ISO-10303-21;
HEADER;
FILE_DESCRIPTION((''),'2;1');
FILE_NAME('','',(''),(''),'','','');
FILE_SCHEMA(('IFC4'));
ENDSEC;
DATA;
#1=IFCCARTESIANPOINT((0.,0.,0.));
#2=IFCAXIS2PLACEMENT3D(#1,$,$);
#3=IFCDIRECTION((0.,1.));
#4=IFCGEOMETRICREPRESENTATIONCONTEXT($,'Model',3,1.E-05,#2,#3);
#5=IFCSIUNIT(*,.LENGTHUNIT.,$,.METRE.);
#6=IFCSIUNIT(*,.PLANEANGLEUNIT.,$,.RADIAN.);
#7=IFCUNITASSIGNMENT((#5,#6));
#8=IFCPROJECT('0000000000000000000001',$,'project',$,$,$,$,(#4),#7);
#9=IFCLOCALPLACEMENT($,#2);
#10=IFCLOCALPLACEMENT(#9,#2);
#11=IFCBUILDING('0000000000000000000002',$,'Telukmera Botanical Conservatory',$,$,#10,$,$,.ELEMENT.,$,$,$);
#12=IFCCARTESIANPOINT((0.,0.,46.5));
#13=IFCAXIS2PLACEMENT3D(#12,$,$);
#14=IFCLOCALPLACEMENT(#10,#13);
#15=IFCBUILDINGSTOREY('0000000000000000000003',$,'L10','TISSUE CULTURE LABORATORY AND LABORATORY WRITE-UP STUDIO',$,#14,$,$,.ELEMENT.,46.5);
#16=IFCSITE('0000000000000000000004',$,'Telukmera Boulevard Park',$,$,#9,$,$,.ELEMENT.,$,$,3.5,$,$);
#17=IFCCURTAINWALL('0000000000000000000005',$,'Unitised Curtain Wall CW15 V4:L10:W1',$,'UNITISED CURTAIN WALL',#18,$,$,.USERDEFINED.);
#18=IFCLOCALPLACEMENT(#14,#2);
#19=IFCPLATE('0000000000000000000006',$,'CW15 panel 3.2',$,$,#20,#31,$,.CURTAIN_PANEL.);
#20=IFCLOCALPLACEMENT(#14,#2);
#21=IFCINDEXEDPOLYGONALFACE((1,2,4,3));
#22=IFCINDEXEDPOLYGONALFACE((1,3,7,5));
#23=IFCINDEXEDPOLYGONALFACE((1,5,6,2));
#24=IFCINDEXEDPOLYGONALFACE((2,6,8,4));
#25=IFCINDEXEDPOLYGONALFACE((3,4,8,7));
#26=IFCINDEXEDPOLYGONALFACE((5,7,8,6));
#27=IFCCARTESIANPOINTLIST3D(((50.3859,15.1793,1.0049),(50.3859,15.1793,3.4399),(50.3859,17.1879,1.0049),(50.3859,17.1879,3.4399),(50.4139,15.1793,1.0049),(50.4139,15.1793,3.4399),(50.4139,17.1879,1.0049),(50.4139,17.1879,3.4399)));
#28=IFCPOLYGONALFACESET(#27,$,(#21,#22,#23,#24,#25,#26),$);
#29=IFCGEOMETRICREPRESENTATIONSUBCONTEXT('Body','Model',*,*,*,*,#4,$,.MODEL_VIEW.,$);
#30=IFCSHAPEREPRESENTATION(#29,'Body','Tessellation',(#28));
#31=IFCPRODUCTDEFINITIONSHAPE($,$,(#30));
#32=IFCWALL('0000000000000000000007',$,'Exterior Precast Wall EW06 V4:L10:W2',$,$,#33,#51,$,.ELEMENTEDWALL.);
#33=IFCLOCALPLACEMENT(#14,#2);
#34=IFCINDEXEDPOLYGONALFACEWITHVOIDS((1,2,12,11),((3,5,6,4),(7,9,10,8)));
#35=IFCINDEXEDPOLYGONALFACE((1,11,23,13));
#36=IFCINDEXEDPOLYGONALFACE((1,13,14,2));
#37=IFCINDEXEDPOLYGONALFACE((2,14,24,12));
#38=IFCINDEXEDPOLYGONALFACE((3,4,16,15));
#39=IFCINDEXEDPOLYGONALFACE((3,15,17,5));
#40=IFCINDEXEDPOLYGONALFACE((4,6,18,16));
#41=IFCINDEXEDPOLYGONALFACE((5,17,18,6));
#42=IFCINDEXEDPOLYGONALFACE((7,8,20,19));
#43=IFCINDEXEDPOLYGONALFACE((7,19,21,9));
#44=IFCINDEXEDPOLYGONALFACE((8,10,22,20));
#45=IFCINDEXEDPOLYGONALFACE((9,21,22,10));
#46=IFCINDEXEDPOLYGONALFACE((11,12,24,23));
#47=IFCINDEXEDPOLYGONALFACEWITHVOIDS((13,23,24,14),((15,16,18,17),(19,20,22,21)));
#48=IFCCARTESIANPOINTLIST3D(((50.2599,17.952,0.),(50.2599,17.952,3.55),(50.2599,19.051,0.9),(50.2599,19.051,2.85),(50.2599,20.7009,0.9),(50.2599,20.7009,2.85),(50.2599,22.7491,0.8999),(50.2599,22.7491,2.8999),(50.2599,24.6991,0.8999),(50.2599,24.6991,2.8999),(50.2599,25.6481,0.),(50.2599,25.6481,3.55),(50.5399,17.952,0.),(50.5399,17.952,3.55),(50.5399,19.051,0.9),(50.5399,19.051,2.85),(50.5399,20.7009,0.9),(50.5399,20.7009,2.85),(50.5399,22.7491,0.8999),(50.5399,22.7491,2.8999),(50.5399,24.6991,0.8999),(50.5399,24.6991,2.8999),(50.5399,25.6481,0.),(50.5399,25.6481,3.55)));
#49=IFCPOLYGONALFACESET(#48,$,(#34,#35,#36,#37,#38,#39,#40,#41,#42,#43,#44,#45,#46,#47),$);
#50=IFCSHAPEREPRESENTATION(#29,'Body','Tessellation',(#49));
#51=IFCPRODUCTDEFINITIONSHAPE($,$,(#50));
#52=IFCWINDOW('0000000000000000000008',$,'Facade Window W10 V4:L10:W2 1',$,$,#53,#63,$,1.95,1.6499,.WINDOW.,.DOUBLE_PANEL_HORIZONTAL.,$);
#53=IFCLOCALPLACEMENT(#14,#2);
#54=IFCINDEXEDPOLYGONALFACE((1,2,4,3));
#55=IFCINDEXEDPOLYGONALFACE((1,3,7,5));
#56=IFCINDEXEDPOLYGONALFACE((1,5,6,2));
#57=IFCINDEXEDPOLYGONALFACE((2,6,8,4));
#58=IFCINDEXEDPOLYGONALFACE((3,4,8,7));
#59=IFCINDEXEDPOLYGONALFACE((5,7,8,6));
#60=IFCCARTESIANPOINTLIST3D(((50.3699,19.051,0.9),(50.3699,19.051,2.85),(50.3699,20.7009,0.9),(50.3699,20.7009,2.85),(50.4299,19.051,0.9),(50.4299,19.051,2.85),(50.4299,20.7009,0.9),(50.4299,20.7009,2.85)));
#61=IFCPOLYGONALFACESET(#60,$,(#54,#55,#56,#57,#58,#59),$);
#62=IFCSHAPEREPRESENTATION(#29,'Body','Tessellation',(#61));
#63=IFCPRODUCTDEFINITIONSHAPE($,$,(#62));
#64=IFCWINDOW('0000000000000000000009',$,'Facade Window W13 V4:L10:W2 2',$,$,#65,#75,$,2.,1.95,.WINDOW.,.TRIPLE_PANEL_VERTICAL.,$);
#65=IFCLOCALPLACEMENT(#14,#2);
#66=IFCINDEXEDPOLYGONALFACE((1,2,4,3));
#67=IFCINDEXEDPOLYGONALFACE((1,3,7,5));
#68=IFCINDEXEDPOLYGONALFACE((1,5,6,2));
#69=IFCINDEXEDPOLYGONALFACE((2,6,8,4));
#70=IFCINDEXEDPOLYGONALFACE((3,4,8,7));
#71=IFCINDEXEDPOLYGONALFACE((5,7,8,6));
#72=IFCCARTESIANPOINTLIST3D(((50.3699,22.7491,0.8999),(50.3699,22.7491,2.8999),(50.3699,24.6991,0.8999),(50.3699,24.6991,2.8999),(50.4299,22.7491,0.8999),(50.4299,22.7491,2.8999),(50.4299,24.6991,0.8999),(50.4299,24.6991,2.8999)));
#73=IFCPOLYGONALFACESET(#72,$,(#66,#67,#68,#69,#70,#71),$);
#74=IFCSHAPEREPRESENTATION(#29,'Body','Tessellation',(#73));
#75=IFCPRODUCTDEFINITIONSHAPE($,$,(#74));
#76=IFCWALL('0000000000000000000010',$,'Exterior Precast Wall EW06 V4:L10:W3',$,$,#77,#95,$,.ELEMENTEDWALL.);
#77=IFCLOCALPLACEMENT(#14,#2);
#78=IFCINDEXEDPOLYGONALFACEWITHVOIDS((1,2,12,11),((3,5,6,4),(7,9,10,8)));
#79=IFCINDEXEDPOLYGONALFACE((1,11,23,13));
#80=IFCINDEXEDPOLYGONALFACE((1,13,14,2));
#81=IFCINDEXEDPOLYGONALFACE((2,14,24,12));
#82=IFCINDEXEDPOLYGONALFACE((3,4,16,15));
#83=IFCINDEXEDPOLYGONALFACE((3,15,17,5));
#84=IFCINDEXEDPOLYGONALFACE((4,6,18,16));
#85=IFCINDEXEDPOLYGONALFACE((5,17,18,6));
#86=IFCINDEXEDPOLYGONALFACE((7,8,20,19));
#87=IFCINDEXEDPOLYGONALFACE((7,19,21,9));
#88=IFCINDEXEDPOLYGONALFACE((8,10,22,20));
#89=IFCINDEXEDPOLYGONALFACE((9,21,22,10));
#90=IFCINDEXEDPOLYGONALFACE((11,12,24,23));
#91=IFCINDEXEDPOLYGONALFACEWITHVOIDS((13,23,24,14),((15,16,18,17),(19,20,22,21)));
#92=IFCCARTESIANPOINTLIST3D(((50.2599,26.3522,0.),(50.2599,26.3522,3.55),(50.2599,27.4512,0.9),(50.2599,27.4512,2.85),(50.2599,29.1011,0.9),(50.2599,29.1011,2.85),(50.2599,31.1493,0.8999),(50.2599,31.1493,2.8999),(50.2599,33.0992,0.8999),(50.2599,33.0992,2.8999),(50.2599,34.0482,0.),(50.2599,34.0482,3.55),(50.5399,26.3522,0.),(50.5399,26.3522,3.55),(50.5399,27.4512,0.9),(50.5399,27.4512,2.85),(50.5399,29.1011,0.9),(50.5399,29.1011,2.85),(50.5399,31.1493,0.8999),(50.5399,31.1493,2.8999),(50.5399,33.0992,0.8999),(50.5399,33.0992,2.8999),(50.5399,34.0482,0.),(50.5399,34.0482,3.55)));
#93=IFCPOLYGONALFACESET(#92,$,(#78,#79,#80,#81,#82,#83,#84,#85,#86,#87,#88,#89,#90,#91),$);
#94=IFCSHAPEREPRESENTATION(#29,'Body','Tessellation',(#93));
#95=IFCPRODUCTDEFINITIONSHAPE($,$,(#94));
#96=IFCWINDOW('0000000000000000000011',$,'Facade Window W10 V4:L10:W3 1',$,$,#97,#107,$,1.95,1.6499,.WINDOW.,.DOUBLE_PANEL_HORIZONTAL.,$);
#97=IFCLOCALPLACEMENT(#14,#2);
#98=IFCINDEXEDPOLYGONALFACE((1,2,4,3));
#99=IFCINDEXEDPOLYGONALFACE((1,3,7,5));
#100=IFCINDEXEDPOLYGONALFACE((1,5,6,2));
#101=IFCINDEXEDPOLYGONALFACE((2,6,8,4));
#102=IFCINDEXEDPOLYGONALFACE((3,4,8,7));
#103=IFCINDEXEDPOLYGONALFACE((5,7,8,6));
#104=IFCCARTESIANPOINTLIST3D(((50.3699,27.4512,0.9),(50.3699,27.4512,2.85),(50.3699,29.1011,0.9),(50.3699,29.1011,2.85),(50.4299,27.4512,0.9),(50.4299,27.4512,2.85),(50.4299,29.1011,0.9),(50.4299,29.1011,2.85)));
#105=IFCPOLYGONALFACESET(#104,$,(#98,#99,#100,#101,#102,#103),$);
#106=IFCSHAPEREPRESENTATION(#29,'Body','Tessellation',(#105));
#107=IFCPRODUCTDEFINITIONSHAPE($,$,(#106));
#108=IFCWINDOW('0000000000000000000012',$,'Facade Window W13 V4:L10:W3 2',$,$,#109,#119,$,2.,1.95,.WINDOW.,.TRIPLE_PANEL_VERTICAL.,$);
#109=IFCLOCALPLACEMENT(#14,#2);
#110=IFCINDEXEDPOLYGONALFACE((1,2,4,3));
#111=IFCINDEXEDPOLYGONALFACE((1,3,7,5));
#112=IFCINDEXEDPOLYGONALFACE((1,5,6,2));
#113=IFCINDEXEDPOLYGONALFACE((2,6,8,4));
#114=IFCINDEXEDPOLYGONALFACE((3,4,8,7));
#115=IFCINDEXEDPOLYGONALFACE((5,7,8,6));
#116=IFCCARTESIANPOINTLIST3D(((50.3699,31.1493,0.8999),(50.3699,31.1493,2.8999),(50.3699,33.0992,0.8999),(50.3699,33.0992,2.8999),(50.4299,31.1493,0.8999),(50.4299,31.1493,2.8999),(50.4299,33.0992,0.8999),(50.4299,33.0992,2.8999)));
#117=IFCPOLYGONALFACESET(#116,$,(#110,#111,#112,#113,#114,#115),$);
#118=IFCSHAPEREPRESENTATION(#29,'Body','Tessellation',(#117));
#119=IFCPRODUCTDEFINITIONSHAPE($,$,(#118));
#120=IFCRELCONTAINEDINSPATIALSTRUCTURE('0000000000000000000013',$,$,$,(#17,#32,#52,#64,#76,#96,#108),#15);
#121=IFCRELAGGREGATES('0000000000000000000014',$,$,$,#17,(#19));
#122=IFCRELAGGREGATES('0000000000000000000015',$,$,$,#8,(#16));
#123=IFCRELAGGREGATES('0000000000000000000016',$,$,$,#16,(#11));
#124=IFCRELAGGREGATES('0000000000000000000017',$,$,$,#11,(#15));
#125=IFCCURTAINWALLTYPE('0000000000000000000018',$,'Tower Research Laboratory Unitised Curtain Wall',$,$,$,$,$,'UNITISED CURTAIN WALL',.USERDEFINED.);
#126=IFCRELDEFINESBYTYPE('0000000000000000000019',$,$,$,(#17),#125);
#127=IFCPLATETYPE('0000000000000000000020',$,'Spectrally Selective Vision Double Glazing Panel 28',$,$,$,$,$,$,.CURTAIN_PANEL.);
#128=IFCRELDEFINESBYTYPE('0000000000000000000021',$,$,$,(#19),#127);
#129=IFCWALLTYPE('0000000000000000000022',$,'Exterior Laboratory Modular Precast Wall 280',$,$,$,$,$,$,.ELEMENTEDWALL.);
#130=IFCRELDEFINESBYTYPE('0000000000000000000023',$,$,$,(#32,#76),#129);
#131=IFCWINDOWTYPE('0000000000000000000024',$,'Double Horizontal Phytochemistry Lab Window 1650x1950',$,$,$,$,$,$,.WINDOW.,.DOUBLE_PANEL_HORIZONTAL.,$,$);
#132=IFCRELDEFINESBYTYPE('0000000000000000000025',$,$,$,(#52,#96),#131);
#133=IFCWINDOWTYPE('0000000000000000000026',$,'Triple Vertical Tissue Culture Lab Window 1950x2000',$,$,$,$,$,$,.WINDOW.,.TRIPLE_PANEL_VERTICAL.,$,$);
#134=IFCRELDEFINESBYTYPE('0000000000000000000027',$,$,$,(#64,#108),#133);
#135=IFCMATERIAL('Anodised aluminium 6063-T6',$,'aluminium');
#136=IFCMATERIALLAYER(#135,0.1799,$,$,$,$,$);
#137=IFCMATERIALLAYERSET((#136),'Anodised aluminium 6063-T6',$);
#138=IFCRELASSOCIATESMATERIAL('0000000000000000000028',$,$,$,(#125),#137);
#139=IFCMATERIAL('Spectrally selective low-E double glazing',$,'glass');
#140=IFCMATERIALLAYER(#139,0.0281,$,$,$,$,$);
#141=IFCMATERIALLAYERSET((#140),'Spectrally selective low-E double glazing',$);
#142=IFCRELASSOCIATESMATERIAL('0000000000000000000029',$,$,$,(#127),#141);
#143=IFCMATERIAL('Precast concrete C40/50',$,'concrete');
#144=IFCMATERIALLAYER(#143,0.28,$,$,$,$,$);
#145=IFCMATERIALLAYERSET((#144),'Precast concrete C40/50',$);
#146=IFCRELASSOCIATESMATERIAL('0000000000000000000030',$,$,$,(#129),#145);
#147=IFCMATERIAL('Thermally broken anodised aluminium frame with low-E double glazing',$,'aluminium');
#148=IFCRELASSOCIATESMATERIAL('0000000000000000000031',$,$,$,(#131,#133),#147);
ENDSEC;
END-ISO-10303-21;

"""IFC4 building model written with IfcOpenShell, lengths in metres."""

from ifc_helpers import new_model, si_unit, direction, frame, frame_2d, origin, origin_2d, place, context, subcontext, project, spatial, rectangle, extrude, material, layer, layer_set, type_object, element, fill, aggregate, save


model = new_model("IFC4")

# Units and contexts
model_context = context("Model", 3, precision=1e-05, world=origin(), true_north=direction((0.0, 1.0)))
body_context = subcontext(model_context, "Body", "Model", "MODEL_VIEW")
ifc_project = project(units=[si_unit("LENGTHUNIT", "METRE"), si_unit("PLANEANGLEUNIT", "RADIAN")], contexts=[model_context])

# Site, building, storey
site_placement = place(None, origin())
site = spatial("IfcSite", under=ifc_project, at=site_placement, Name="Telukmera Boulevard Park", CompositionType="ELEMENT", RefElevation=3.5)
building_placement = place(site_placement, origin())
building = spatial("IfcBuilding", under=site, at=building_placement, Name="Telukmera Botanical Conservatory", CompositionType="ELEMENT")
storey_placement = place(building_placement, frame((0.0, 0.0, 46.5)))
storey = spatial("IfcBuildingStorey", under=building, at=storey_placement, Name="L10", Description="TISSUE CULTURE LABORATORY AND LABORATORY WRITE-UP STUDIO", CompositionType="ELEMENT", Elevation=46.5)

# Shared definitions
ifc_material_1 = material(Name="Precast concrete C40/50", Category="concrete")

# Curtain wall
ifc_material_2 = material(Name="Anodised aluminium 6063-T6", Category="aluminium")
ifc_layer_1 = layer(ifc_material_2, 0.1799)
ifc_layer_set_1 = layer_set([ifc_layer_1], Name="Anodised aluminium 6063-T6")
curtain_wall_type = type_object("IfcCurtainWallType", Name="Tower Research Laboratory Unitised Curtain Wall", ElementType="UNITISED CURTAIN WALL", PredefinedType="USERDEFINED", material=ifc_layer_set_1)
curtain_wall_1_placement = place(storey_placement, origin())
curtain_wall_1 = element("IfcCurtainWall", 1, at=curtain_wall_1_placement, inside=storey, type_object=curtain_wall_type, Name="Unitised Curtain Wall CW15 V4:L10:W1", ObjectType="UNITISED CURTAIN WALL", PredefinedType="USERDEFINED")

# Plate
ifc_material_3 = material(Name="Spectrally selective low-E double glazing", Category="glass")
ifc_layer_2 = layer(ifc_material_3, 0.0281)
ifc_layer_set_2 = layer_set([ifc_layer_2], Name="Spectrally selective low-E double glazing")
plate_type = type_object("IfcPlateType", Name="Spectrally Selective Vision Double Glazing Panel 28", PredefinedType="CURTAIN_PANEL", material=ifc_layer_set_2)
plate_1_placement = place(storey_placement, frame((50.3999, 16.1836, 1.0049), z_axis=(0.0, 0.0, 1.0), x_axis=(0.0, 1.0, 0.0)))
plate_1 = element("IfcPlate", 2, at=plate_1_placement, type_object=plate_type, Name="CW15 panel 3.2", PredefinedType="CURTAIN_PANEL", context=body_context, shape_type="SweptSolid", body=[
    extrude(rectangle(XDim=2.0085, YDim=0.0281, at=origin_2d()), origin(), (0.0, 0.0, 1.0), 2.4351),
])
aggregate(curtain_wall_1, [plate_1])

# Walls, openings, windows
ifc_layer_3 = layer(ifc_material_1, 0.28)
ifc_layer_set_3 = layer_set([ifc_layer_3], Name="Precast concrete C40/50")
wall_type = type_object("IfcWallType", Name="Exterior Laboratory Modular Precast Wall 280", PredefinedType="ELEMENTEDWALL", material=ifc_layer_set_3)
wall_1_placement = place(storey_placement, frame((50.3999, 17.9519, 0.0), z_axis=(0.0, 0.0, 1.0), x_axis=(0.0, 1.0, 0.0)))
wall_1 = element("IfcWall", 3, at=wall_1_placement, inside=storey, type_object=wall_type, Name="Exterior Precast Wall EW06 V4:L10:W2", PredefinedType="ELEMENTEDWALL", context=body_context, shape_type="SweptSolid", body=[
    extrude(rectangle(XDim=7.696, YDim=0.28, at=frame_2d((3.8481, 0.0))), origin(), (0.0, 0.0, 1.0), 3.55),
])
opening_1_placement = place(wall_1_placement, frame((1.0991, 0.0, 0.8999)))
opening_1 = element("IfcOpeningElement", 4, at=opening_1_placement, cuts=wall_1, PredefinedType="OPENING", context=body_context, shape_type="SweptSolid", body=[
    extrude(rectangle(XDim=1.6499, YDim=1.95, at=frame_2d((0.825, 0.9751))), frame((0.0, 0.1499, 0.0), z_axis=(0.0, -1.0, 0.0), x_axis=(1.0, 0.0, 0.0)), (0.0, 0.0, 1.0), 0.3),
])
opening_2_placement = place(wall_1_placement, frame((4.7971, 0.0, 0.8999)))
opening_2 = element("IfcOpeningElement", 5, at=opening_2_placement, cuts=wall_1, PredefinedType="OPENING", context=body_context, shape_type="SweptSolid", body=[
    extrude(rectangle(XDim=1.95, YDim=2.0, at=frame_2d((0.9751, 1.0))), frame((0.0, 0.1499, 0.0), z_axis=(0.0, -1.0, 0.0), x_axis=(1.0, 0.0, 0.0)), (0.0, 0.0, 1.0), 0.3),
])
ifc_material_4 = material(Name="Thermally broken anodised aluminium frame with low-E double glazing", Category="aluminium")
window_type_1 = type_object("IfcWindowType", Name="Double Horizontal Phytochemistry Lab Window 1650x1950", PartitioningType="DOUBLE_PANEL_HORIZONTAL", PredefinedType="WINDOW", material=ifc_material_4)
window_1_placement = place(opening_1_placement, origin())
window_1 = element("IfcWindow", 6, at=window_1_placement, inside=storey, type_object=window_type_1, Name="Facade Window W10 V4:L10:W2 1", OverallHeight=1.95, OverallWidth=1.6499, PartitioningType="DOUBLE_PANEL_HORIZONTAL", PredefinedType="WINDOW", context=body_context, shape_type="SweptSolid", body=[
    extrude(rectangle(XDim=1.6499, YDim=1.95, at=frame_2d((0.825, 0.9751))), frame((0.0, 0.03, 0.0), z_axis=(0.0, -1.0, 0.0), x_axis=(1.0, 0.0, 0.0)), (0.0, 0.0, 1.0), 0.0601),
])
fill(opening_1, window_1)
window_type_2 = type_object("IfcWindowType", Name="Triple Vertical Tissue Culture Lab Window 1950x2000", PartitioningType="TRIPLE_PANEL_VERTICAL", PredefinedType="WINDOW", material=ifc_material_4)
window_2_placement = place(opening_2_placement, origin())
window_2 = element("IfcWindow", 7, at=window_2_placement, inside=storey, type_object=window_type_2, Name="Facade Window W13 V4:L10:W2 2", OverallHeight=2.0, OverallWidth=1.95, PartitioningType="TRIPLE_PANEL_VERTICAL", PredefinedType="WINDOW", context=body_context, shape_type="SweptSolid", body=[
    extrude(rectangle(XDim=1.95, YDim=2.0, at=frame_2d((0.9751, 1.0))), frame((0.0, 0.03, 0.0), z_axis=(0.0, -1.0, 0.0), x_axis=(1.0, 0.0, 0.0)), (0.0, 0.0, 1.0), 0.0601),
])
fill(opening_2, window_2)
wall_2_placement = place(storey_placement, frame((50.3999, 26.3521, 0.0), z_axis=(0.0, 0.0, 1.0), x_axis=(0.0, 1.0, 0.0)))
wall_2 = element("IfcWall", 8, at=wall_2_placement, inside=storey, type_object=wall_type, Name="Exterior Precast Wall EW06 V4:L10:W3", PredefinedType="ELEMENTEDWALL", context=body_context, shape_type="SweptSolid", body=[
    extrude(rectangle(XDim=7.696, YDim=0.28, at=frame_2d((3.8481, 0.0))), origin(), (0.0, 0.0, 1.0), 3.55),
])
opening_3_placement = place(wall_2_placement, frame((1.0991, 0.0, 0.8999)))
opening_3 = element("IfcOpeningElement", 9, at=opening_3_placement, cuts=wall_2, PredefinedType="OPENING", context=body_context, shape_type="SweptSolid", body=[
    extrude(rectangle(XDim=1.6499, YDim=1.95, at=frame_2d((0.825, 0.9751))), frame((0.0, 0.1499, 0.0), z_axis=(0.0, -1.0, 0.0), x_axis=(1.0, 0.0, 0.0)), (0.0, 0.0, 1.0), 0.3),
])
opening_4_placement = place(wall_2_placement, frame((4.7971, 0.0, 0.8999)))
opening_4 = element("IfcOpeningElement", 10, at=opening_4_placement, cuts=wall_2, PredefinedType="OPENING", context=body_context, shape_type="SweptSolid", body=[
    extrude(rectangle(XDim=1.95, YDim=2.0, at=frame_2d((0.9751, 1.0))), frame((0.0, 0.1499, 0.0), z_axis=(0.0, -1.0, 0.0), x_axis=(1.0, 0.0, 0.0)), (0.0, 0.0, 1.0), 0.3),
])
window_3_placement = place(opening_3_placement, origin())
window_3 = element("IfcWindow", 11, at=window_3_placement, inside=storey, type_object=window_type_1, Name="Facade Window W10 V4:L10:W3 1", OverallHeight=1.95, OverallWidth=1.6499, PartitioningType="DOUBLE_PANEL_HORIZONTAL", PredefinedType="WINDOW", context=body_context, shape_type="SweptSolid", body=[
    extrude(rectangle(XDim=1.6499, YDim=1.95, at=frame_2d((0.825, 0.9751))), frame((0.0, 0.03, 0.0), z_axis=(0.0, -1.0, 0.0), x_axis=(1.0, 0.0, 0.0)), (0.0, 0.0, 1.0), 0.0601),
])
fill(opening_3, window_3)
window_4_placement = place(opening_4_placement, origin())
window_4 = element("IfcWindow", 12, at=window_4_placement, inside=storey, type_object=window_type_2, Name="Facade Window W13 V4:L10:W3 2", OverallHeight=2.0, OverallWidth=1.95, PartitioningType="TRIPLE_PANEL_VERTICAL", PredefinedType="WINDOW", context=body_context, shape_type="SweptSolid", body=[
    extrude(rectangle(XDim=1.95, YDim=2.0, at=frame_2d((0.9751, 1.0))), frame((0.0, 0.03, 0.0), z_axis=(0.0, -1.0, 0.0), x_axis=(1.0, 0.0, 0.0)), (0.0, 0.0, 1.0), 0.0601),
])
fill(opening_4, window_4)

save(model, "model.ifc")
